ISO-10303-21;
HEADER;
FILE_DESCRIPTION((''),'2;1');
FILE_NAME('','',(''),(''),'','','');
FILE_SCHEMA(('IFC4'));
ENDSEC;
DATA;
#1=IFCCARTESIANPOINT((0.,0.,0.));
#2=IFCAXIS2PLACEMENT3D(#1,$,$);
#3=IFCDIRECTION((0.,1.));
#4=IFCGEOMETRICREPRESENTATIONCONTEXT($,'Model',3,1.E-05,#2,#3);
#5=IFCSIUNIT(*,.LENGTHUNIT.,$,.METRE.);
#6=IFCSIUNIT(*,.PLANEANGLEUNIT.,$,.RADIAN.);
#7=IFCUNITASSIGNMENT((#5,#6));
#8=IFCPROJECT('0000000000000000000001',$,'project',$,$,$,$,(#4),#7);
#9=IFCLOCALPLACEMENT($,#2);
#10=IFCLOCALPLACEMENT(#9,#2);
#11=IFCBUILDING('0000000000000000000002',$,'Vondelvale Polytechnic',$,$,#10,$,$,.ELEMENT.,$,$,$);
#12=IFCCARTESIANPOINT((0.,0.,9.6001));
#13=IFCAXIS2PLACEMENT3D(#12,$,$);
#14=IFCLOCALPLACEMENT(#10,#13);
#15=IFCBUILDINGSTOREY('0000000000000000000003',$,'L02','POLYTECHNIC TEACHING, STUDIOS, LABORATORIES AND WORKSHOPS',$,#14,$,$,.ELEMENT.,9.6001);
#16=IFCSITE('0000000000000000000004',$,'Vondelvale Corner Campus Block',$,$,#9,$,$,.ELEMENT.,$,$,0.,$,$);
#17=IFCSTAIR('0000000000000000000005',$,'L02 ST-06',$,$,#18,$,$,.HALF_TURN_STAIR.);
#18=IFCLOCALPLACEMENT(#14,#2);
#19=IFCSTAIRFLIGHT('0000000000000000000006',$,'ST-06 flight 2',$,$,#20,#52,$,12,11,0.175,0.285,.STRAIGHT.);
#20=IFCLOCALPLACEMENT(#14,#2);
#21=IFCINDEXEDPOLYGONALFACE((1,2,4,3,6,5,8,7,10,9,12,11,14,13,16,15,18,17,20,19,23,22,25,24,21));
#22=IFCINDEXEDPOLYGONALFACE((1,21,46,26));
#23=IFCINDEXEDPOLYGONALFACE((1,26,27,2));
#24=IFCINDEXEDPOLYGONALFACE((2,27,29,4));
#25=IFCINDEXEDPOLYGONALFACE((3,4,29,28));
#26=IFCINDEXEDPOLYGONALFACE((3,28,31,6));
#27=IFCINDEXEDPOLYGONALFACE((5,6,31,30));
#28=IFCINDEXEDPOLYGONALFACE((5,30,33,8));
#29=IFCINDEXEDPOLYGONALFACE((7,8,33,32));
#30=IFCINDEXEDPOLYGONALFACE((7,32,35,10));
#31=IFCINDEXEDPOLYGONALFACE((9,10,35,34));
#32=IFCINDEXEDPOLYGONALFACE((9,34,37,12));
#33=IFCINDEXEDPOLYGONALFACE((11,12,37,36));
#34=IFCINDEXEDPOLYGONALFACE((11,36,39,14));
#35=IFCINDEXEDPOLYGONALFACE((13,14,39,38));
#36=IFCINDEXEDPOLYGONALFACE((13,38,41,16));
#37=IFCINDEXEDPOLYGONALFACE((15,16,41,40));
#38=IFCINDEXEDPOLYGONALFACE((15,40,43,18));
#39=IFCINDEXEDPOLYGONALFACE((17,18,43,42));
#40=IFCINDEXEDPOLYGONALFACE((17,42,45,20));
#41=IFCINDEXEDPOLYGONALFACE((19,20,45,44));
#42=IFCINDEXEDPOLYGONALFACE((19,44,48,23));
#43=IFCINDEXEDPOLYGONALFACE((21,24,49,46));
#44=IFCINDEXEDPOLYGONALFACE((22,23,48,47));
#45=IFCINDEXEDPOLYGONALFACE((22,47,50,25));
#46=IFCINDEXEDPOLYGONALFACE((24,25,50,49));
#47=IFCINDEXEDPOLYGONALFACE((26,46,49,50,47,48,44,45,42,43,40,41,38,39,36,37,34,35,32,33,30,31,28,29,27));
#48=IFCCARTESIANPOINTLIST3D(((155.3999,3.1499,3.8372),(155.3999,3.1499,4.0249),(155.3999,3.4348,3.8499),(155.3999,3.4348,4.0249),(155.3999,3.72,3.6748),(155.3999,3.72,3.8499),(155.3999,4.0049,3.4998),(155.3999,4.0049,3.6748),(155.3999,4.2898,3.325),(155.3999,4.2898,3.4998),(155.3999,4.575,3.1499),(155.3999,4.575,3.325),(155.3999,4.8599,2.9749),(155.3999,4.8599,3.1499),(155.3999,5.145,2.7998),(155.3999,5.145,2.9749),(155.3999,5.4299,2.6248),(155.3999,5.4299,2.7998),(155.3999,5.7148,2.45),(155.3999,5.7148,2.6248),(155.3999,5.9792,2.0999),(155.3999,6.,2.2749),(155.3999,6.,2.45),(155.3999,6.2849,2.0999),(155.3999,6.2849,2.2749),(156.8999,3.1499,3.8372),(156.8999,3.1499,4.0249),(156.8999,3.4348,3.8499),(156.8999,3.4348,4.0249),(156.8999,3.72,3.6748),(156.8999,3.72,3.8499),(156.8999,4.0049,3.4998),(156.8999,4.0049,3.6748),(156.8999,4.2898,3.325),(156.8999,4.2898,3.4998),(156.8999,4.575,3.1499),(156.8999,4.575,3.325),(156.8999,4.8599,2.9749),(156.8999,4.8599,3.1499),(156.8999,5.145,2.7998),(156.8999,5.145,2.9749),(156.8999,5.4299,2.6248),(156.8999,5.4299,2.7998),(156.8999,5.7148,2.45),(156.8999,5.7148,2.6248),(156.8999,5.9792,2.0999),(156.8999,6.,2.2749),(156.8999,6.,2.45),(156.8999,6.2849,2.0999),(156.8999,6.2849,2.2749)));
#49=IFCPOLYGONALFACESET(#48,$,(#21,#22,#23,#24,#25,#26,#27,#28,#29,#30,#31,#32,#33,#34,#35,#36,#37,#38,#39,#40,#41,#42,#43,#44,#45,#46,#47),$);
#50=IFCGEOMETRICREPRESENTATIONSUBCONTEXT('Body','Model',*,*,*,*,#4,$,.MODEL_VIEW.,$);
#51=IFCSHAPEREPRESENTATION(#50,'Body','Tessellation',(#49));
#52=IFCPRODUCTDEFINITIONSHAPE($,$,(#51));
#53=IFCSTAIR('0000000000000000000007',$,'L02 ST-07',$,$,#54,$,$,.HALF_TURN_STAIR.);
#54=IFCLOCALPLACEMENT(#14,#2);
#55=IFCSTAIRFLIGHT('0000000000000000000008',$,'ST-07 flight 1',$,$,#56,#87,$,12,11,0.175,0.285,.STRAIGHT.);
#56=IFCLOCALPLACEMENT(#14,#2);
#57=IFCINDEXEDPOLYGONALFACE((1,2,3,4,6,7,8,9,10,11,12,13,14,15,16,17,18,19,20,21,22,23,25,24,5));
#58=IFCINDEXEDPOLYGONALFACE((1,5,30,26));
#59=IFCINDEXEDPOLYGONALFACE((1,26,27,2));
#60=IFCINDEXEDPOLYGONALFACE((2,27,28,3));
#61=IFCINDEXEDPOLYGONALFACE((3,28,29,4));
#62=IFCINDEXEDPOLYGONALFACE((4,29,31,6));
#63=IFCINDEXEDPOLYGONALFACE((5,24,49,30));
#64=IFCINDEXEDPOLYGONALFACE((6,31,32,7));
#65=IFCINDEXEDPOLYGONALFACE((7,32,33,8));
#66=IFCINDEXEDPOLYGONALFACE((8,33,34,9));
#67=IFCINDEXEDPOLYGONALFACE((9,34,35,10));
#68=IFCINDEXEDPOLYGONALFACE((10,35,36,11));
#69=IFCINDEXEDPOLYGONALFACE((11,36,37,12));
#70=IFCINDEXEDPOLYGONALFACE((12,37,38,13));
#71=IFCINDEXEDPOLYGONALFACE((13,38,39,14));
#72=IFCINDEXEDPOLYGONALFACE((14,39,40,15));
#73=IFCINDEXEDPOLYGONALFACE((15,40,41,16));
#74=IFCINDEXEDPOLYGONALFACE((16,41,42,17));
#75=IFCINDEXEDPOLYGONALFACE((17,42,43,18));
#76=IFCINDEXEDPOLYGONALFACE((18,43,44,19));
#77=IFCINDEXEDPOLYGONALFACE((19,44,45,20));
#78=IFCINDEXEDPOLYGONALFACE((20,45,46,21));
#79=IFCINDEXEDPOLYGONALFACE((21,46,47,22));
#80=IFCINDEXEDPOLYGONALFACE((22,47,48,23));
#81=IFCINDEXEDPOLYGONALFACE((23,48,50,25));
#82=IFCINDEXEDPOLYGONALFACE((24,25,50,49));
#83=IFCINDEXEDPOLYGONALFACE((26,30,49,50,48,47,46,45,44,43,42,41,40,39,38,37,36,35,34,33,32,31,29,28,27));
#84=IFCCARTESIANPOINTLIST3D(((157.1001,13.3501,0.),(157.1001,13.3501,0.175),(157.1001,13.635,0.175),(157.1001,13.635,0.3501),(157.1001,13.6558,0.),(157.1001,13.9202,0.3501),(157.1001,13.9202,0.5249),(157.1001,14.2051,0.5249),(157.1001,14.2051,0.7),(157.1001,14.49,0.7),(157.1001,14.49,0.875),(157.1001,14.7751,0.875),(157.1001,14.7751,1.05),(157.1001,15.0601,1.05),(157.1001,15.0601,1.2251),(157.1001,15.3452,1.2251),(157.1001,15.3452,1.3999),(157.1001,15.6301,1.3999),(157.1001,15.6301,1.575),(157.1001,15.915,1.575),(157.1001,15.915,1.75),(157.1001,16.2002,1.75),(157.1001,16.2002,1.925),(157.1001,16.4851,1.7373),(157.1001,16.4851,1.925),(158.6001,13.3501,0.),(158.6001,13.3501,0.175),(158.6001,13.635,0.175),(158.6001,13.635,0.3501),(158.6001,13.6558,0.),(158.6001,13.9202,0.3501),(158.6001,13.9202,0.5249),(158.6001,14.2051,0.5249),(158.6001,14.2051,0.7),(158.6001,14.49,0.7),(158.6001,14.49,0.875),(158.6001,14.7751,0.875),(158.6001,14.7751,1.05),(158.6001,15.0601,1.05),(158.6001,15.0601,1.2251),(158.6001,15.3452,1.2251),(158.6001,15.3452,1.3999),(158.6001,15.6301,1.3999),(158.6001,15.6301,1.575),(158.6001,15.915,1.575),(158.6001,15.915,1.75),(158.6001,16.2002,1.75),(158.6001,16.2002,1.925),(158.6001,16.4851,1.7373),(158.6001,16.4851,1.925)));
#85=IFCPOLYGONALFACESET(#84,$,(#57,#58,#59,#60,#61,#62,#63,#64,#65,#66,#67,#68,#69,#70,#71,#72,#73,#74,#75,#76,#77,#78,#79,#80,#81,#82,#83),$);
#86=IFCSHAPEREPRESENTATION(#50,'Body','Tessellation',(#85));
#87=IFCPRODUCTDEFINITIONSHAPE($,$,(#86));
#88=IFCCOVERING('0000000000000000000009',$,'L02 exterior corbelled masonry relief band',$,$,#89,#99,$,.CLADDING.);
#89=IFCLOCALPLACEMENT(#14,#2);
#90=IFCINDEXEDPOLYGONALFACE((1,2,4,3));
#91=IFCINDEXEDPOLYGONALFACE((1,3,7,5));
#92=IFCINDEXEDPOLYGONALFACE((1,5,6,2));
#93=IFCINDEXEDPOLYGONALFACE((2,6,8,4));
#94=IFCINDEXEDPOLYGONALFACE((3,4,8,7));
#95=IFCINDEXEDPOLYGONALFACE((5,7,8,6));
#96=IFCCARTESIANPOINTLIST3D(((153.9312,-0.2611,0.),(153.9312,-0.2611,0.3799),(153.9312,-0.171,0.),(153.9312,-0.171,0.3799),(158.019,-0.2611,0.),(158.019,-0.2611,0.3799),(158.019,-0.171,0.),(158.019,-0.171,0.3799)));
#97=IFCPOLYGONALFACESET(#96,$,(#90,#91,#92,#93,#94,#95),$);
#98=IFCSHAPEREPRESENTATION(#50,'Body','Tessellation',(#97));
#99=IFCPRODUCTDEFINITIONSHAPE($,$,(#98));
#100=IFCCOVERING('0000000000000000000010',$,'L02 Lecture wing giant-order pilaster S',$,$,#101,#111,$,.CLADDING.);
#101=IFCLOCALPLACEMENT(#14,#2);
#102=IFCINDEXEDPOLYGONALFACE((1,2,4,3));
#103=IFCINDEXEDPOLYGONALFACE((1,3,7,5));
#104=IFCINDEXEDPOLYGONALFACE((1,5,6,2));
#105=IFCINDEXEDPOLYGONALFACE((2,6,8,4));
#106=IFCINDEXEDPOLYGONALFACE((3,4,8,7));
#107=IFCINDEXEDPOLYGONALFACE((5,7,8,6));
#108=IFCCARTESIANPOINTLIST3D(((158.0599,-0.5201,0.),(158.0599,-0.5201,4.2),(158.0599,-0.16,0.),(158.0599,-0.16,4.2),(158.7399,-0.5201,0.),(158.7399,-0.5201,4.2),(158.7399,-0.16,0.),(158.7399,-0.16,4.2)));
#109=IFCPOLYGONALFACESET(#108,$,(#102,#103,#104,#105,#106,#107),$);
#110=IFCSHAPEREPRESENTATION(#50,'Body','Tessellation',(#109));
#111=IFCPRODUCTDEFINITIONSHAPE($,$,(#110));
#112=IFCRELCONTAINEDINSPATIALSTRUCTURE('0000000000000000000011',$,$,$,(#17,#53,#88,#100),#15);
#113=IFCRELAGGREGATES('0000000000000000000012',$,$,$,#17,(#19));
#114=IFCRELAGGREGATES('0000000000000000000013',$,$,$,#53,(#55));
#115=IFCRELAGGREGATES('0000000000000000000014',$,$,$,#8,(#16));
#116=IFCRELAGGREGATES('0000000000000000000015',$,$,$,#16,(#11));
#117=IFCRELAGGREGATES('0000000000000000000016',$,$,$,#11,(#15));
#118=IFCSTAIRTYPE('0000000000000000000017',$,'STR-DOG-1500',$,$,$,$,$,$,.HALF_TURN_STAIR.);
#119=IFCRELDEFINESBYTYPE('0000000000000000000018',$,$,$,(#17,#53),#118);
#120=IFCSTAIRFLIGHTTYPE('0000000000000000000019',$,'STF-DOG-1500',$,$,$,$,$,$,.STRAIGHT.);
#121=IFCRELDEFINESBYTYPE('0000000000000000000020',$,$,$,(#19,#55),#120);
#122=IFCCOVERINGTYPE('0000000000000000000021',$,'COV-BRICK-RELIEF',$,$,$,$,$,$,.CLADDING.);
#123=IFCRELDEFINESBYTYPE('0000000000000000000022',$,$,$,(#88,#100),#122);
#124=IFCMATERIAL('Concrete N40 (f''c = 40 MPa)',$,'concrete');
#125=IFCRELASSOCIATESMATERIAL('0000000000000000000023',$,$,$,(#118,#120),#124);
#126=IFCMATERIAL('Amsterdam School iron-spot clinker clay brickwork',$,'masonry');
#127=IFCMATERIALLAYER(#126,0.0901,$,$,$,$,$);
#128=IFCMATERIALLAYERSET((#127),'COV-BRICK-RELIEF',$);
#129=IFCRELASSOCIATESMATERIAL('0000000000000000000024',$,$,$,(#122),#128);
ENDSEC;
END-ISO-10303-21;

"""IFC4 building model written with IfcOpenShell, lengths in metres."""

from ifc_helpers import new_model, si_unit, direction, frame, origin, origin_2d, place, context, subcontext, project, spatial, polyline, rectangle, outline, extrude, material, layer, layer_set, type_object, element, aggregate, save


model = new_model("IFC4")

# Units and contexts
model_context = context("Model", 3, precision=1e-05, world=origin(), true_north=direction((0.0, 1.0)))
body_context = subcontext(model_context, "Body", "Model", "MODEL_VIEW")
ifc_project = project(units=[si_unit("LENGTHUNIT", "METRE"), si_unit("PLANEANGLEUNIT", "RADIAN")], contexts=[model_context])

# Site, building, storey
site_placement = place(None, origin())
site = spatial("IfcSite", under=ifc_project, at=site_placement, Name="Vondelvale Corner Campus Block", CompositionType="ELEMENT", RefElevation=0.0)
building_placement = place(site_placement, origin())
building = spatial("IfcBuilding", under=site, at=building_placement, Name="Vondelvale Polytechnic", CompositionType="ELEMENT")
storey_placement = place(building_placement, frame((0.0, 0.0, 9.6001)))
storey = spatial("IfcBuildingStorey", under=building, at=storey_placement, Name="L02", Description="POLYTECHNIC TEACHING, STUDIOS, LABORATORIES AND WORKSHOPS", CompositionType="ELEMENT", Elevation=9.6001)

# Shared definitions
ifc_material_1 = material(Name="Concrete N40 (f'c = 40 MPa)", Category="concrete")

# Shared definitions
ifc_material_2 = material(Name="Amsterdam School iron-spot clinker clay brickwork", Category="masonry")

# Stair, stair flight
stair_type = type_object("IfcStairType", Name="STR-DOG-1500", PredefinedType="HALF_TURN_STAIR", material=ifc_material_1)
stair_1_placement = place(storey_placement, origin())
stair_1 = element("IfcStair", 1, at=stair_1_placement, inside=storey, type_object=stair_type, Name="L02 ST-06", PredefinedType="HALF_TURN_STAIR")
stair_flight_type = type_object("IfcStairFlightType", Name="STF-DOG-1500", PredefinedType="STRAIGHT", material=ifc_material_1)
stair_flight_1_placement = place(storey_placement, frame((156.1499, 6.2849, 2.0999), z_axis=(0.0, 0.0, 1.0), x_axis=(0.0, -1.0, 0.0)))
stair_flight_1 = element("IfcStairFlight", 2, at=stair_flight_1_placement, type_object=stair_flight_type, Name="ST-06 flight 2", NumberOfRisers=12, NumberOfTreads=11, PredefinedType="STRAIGHT", RiserHeight=0.175, TreadLength=0.285, context=body_context, shape_type="SweptSolid", body=[
    extrude(outline(polyline([(0.0, 0.0), (0.0, 0.175), (0.2849, 0.175), (0.2849, 0.3501), (0.5701, 0.3501), (0.5701, 0.5249), (0.855, 0.5249), (0.855, 0.7), (1.1399, 0.7), (1.1399, 0.875), (1.425, 0.875), (1.425, 1.05), (1.71, 1.05), (1.71, 1.2251), (1.9951, 1.2251), (1.9951, 1.3999), (2.28, 1.3999), (2.28, 1.575), (2.5649, 1.575), (2.5649, 1.75), (2.8501, 1.75), (2.8501, 1.925), (3.135, 1.925), (3.135, 2.1001), (3.135, 1.7373), (0.3057, 0.0), (0.0, 0.0)])), frame((0.0, 0.75, 0.0), z_axis=(0.0, -1.0, 0.0), x_axis=(1.0, 0.0, 0.0)), (0.0, 0.0, 1.0), 1.5),
])
aggregate(stair_1, [stair_flight_1])

# Stair, stair flight
stair_2_placement = place(storey_placement, origin())
stair_2 = element("IfcStair", 3, at=stair_2_placement, inside=storey, type_object=stair_type, Name="L02 ST-07", PredefinedType="HALF_TURN_STAIR")
stair_flight_2_placement = place(storey_placement, frame((157.8501, 13.3501, 0.0), z_axis=(0.0, 0.0, 1.0), x_axis=(0.0, 1.0, 0.0)))
stair_flight_2 = element("IfcStairFlight", 4, at=stair_flight_2_placement, type_object=stair_flight_type, Name="ST-07 flight 1", NumberOfRisers=12, NumberOfTreads=11, PredefinedType="STRAIGHT", RiserHeight=0.175, TreadLength=0.285, context=body_context, shape_type="SweptSolid", body=[
    extrude(outline(polyline([(0.0, 0.0), (0.0, 0.175), (0.2849, 0.175), (0.2849, 0.3501), (0.5701, 0.3501), (0.5701, 0.5249), (0.855, 0.5249), (0.855, 0.7), (1.1399, 0.7), (1.1399, 0.875), (1.425, 0.875), (1.425, 1.05), (1.71, 1.05), (1.71, 1.2251), (1.9951, 1.2251), (1.9951, 1.3999), (2.28, 1.3999), (2.28, 1.575), (2.5649, 1.575), (2.5649, 1.75), (2.8501, 1.75), (2.8501, 1.925), (3.135, 1.925), (3.135, 2.1001), (3.135, 1.7373), (0.3057, 0.0), (0.0, 0.0)])), frame((0.0, 0.75, 0.0), z_axis=(0.0, -1.0, 0.0), x_axis=(1.0, 0.0, 0.0)), (0.0, 0.0, 1.0), 1.5),
])
aggregate(stair_2, [stair_flight_2])

# Coverings
ifc_layer_1 = layer(ifc_material_2, 0.0901)
ifc_layer_set_1 = layer_set([ifc_layer_1], Name="COV-BRICK-RELIEF")
covering_type = type_object("IfcCoveringType", Name="COV-BRICK-RELIEF", PredefinedType="CLADDING", material=ifc_layer_set_1)
covering_1_placement = place(storey_placement, frame((155.9751, -0.2161, 0.0), z_axis=(0.0, 0.0, 1.0), x_axis=(-1.0, 0.0, 0.0)))
element("IfcCovering", 5, at=covering_1_placement, inside=storey, type_object=covering_type, Name="L02 exterior corbelled masonry relief band", PredefinedType="CLADDING", context=body_context, shape_type="SweptSolid", body=[
    extrude(rectangle(XDim=4.0879, YDim=0.0901, at=origin_2d()), origin(), (0.0, 0.0, 1.0), 0.3799),
])
covering_2_placement = place(storey_placement, frame((158.3999, -0.3401, 0.0), z_axis=(0.0, 0.0, 1.0), x_axis=(1.0, 0.0, 0.0)))
element("IfcCovering", 6, at=covering_2_placement, inside=storey, type_object=covering_type, Name="L02 Lecture wing giant-order pilaster S", PredefinedType="CLADDING", context=body_context, shape_type="SweptSolid", body=[
    extrude(rectangle(XDim=0.6799, YDim=0.3601, at=origin_2d()), origin(), (0.0, 0.0, 1.0), 4.2),
])

save(model, "model.ifc")
